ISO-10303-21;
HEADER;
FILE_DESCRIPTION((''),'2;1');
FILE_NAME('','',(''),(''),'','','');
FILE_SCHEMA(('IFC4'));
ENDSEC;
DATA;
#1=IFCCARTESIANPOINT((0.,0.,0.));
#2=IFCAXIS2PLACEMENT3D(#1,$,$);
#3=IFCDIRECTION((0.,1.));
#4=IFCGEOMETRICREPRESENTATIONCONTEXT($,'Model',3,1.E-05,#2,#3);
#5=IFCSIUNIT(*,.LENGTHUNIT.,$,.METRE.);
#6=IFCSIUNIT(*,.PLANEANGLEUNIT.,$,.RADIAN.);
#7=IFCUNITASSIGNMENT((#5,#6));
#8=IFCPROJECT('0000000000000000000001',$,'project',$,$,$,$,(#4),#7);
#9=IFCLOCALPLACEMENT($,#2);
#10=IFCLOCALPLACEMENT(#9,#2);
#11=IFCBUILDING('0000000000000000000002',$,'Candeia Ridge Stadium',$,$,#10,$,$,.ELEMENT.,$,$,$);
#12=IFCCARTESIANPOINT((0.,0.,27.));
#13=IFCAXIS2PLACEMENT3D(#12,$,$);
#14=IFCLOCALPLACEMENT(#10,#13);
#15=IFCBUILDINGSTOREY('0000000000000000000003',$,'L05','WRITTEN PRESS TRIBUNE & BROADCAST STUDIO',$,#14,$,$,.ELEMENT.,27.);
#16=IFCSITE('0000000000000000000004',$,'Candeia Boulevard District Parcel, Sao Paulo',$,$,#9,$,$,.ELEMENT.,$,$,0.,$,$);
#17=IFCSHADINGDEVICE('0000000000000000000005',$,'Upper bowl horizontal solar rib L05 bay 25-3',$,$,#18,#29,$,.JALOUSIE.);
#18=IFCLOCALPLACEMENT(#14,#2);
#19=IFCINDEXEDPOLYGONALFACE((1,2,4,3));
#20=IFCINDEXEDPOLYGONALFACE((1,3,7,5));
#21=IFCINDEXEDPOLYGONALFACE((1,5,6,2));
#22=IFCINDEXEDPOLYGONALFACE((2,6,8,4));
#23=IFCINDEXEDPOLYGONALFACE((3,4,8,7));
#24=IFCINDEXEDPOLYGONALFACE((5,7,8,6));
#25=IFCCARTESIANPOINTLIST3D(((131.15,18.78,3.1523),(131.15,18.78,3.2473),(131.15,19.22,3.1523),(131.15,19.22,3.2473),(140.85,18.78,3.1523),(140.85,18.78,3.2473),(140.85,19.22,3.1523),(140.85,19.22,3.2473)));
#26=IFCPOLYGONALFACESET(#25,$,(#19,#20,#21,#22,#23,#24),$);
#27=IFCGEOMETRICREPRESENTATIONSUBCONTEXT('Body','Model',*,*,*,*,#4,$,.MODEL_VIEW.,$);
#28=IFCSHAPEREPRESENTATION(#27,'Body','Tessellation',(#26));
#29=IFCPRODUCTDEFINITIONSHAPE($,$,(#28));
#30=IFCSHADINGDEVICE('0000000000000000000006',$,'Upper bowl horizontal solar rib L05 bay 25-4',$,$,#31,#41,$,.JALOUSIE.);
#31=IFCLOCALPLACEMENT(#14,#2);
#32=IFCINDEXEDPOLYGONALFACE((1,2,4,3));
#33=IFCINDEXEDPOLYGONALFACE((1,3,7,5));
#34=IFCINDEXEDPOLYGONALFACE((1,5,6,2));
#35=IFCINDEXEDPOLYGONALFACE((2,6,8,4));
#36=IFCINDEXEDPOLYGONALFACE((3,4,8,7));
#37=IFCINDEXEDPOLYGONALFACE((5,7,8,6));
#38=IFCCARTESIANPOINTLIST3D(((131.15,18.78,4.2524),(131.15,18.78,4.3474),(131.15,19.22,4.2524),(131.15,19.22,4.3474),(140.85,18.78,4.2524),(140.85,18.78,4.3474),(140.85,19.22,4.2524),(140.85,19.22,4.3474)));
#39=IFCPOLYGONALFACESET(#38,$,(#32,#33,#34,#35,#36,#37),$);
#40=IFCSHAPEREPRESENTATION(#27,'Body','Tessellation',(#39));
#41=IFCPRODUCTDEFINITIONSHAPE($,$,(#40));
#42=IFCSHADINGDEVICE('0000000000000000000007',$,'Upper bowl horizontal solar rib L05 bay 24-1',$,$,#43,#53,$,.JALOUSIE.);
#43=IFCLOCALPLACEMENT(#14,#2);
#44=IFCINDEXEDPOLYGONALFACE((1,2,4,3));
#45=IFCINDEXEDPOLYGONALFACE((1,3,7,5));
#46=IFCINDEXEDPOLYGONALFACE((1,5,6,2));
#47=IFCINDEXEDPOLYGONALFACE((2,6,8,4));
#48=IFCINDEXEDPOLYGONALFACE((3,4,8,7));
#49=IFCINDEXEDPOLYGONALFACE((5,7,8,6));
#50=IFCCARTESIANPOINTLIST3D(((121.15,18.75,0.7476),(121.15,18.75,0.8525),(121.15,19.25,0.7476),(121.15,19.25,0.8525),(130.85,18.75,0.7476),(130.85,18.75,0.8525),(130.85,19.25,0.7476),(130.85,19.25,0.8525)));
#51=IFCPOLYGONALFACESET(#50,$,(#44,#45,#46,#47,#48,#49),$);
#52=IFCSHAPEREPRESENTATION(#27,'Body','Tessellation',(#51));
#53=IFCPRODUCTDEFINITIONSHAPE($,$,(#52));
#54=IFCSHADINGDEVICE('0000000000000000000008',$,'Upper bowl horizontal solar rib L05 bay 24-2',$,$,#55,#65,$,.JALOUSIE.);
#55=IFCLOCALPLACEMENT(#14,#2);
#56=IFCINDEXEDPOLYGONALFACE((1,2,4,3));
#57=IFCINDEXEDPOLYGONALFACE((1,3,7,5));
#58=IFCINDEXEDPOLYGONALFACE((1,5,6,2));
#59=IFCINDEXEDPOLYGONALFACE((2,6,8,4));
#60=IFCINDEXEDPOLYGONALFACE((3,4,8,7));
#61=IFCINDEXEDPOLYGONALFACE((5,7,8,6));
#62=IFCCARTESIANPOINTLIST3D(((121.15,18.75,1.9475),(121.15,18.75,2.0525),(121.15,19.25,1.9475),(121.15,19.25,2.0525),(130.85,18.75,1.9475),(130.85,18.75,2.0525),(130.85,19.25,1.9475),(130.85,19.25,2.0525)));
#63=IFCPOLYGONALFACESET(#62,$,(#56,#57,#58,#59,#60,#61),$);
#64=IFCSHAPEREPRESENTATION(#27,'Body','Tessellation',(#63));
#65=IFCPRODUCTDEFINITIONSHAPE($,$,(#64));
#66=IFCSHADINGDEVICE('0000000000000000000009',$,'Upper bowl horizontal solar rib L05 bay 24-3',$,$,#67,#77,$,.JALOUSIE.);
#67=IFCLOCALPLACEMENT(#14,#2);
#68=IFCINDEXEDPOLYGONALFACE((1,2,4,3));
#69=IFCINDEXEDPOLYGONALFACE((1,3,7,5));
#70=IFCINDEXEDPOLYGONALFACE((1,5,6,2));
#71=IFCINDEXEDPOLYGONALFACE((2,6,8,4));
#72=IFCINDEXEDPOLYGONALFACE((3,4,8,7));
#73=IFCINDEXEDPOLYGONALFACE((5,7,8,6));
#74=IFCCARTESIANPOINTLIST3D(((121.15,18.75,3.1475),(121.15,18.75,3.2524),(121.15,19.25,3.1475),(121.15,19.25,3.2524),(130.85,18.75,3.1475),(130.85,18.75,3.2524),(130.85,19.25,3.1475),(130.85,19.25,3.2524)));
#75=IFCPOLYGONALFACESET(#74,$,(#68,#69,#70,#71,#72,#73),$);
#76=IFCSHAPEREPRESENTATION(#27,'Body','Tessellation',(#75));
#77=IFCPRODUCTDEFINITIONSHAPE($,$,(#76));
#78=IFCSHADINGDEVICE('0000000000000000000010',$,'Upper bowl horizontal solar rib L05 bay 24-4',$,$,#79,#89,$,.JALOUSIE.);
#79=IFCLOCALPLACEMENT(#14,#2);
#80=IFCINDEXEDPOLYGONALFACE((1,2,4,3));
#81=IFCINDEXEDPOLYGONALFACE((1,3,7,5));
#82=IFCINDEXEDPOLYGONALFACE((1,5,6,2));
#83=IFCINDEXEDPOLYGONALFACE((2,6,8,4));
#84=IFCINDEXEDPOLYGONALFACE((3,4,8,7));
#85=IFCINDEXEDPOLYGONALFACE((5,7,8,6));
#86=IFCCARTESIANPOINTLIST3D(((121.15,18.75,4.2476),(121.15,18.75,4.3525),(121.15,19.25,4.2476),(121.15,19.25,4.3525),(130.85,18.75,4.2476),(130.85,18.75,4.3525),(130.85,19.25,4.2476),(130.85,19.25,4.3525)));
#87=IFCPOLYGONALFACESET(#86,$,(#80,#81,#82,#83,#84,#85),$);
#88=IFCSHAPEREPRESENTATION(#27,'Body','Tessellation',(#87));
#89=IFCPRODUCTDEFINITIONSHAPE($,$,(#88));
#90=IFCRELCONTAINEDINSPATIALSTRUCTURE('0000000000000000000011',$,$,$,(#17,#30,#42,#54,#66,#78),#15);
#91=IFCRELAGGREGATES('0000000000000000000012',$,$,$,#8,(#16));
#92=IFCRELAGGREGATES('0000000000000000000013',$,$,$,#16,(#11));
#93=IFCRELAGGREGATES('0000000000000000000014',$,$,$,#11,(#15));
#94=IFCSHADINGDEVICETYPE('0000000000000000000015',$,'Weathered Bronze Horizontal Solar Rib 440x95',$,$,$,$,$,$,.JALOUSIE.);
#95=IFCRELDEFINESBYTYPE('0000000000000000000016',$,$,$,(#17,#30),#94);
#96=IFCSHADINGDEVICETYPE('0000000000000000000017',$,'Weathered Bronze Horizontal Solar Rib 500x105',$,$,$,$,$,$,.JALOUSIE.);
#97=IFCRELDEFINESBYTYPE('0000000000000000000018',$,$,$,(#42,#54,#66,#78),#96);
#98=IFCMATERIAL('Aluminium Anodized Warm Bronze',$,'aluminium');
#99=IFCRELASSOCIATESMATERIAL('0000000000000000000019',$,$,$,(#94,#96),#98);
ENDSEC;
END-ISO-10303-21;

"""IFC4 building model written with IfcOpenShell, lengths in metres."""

from ifc_helpers import new_model, si_unit, direction, frame, origin, origin_2d, place, context, subcontext, project, spatial, rectangle, extrude, material, type_object, element, save


model = new_model("IFC4")

# Units and contexts
model_context = context("Model", 3, precision=1e-05, world=origin(), true_north=direction((0.0, 1.0)))
body_context = subcontext(model_context, "Body", "Model", "MODEL_VIEW")
ifc_project = project(units=[si_unit("LENGTHUNIT", "METRE"), si_unit("PLANEANGLEUNIT", "RADIAN")], contexts=[model_context])

# Site, building, storey
site_placement = place(None, origin())
site = spatial("IfcSite", under=ifc_project, at=site_placement, Name="Candeia Boulevard District Parcel, Sao Paulo", CompositionType="ELEMENT", RefElevation=0.0)
building_placement = place(site_placement, origin())
building = spatial("IfcBuilding", under=site, at=building_placement, Name="Candeia Ridge Stadium", CompositionType="ELEMENT")
storey_placement = place(building_placement, frame((0.0, 0.0, 27.0)))
storey = spatial("IfcBuildingStorey", under=building, at=storey_placement, Name="L05", Description="WRITTEN PRESS TRIBUNE & BROADCAST STUDIO", CompositionType="ELEMENT", Elevation=27.0)

# Shading devices
ifc_material_1 = material(Name="Aluminium Anodized Warm Bronze", Category="aluminium")
shading_device_type_1 = type_object("IfcShadingDeviceType", Name="Weathered Bronze Horizontal Solar Rib 440x95", PredefinedType="JALOUSIE", material=ifc_material_1)
for number, where, z_axis, x_axis, name in (
    (1, (136.0, 19.0, 3.1523), (0.0, 0.0, 1.0), (1.0, 0.0, 0.0), "Upper bowl horizontal solar rib L05 bay 25-3"),
    (2, (136.0, 19.0, 4.2524), (0.0, 0.0, 1.0), (1.0, 0.0, 0.0), "Upper bowl horizontal solar rib L05 bay 25-4"),
):
    element("IfcShadingDevice", number, at=place(storey_placement, frame(where, z_axis=z_axis, x_axis=x_axis)), inside=storey, type_object=shading_device_type_1, Name=name, PredefinedType="JALOUSIE", context=body_context, shape_type="SweptSolid", body=[
        extrude(rectangle(XDim=9.7, YDim=0.4399, at=origin_2d()), origin(), (0.0, 0.0, 1.0), 0.095),
    ])
shading_device_type_2 = type_object("IfcShadingDeviceType", Name="Weathered Bronze Horizontal Solar Rib 500x105", PredefinedType="JALOUSIE", material=ifc_material_1)
for number, where, z_axis, x_axis, name in (
    (3, (126.0, 19.0, 0.7476), (0.0, 0.0, 1.0), (1.0, 0.0, 0.0), "Upper bowl horizontal solar rib L05 bay 24-1"),
    (4, (126.0, 19.0, 1.9475), (0.0, 0.0, 1.0), (1.0, 0.0, 0.0), "Upper bowl horizontal solar rib L05 bay 24-2"),
    (5, (126.0, 19.0, 3.1475), (0.0, 0.0, 1.0), (1.0, 0.0, 0.0), "Upper bowl horizontal solar rib L05 bay 24-3"),
    (6, (126.0, 19.0, 4.2476), (0.0, 0.0, 1.0), (1.0, 0.0, 0.0), "Upper bowl horizontal solar rib L05 bay 24-4"),
):
    element("IfcShadingDevice", number, at=place(storey_placement, frame(where, z_axis=z_axis, x_axis=x_axis)), inside=storey, type_object=shading_device_type_2, Name=name, PredefinedType="JALOUSIE", context=body_context, shape_type="SweptSolid", body=[
        extrude(rectangle(XDim=9.7, YDim=0.5, at=origin_2d()), origin(), (0.0, 0.0, 1.0), 0.105),
    ])

save(model, "model.ifc")
